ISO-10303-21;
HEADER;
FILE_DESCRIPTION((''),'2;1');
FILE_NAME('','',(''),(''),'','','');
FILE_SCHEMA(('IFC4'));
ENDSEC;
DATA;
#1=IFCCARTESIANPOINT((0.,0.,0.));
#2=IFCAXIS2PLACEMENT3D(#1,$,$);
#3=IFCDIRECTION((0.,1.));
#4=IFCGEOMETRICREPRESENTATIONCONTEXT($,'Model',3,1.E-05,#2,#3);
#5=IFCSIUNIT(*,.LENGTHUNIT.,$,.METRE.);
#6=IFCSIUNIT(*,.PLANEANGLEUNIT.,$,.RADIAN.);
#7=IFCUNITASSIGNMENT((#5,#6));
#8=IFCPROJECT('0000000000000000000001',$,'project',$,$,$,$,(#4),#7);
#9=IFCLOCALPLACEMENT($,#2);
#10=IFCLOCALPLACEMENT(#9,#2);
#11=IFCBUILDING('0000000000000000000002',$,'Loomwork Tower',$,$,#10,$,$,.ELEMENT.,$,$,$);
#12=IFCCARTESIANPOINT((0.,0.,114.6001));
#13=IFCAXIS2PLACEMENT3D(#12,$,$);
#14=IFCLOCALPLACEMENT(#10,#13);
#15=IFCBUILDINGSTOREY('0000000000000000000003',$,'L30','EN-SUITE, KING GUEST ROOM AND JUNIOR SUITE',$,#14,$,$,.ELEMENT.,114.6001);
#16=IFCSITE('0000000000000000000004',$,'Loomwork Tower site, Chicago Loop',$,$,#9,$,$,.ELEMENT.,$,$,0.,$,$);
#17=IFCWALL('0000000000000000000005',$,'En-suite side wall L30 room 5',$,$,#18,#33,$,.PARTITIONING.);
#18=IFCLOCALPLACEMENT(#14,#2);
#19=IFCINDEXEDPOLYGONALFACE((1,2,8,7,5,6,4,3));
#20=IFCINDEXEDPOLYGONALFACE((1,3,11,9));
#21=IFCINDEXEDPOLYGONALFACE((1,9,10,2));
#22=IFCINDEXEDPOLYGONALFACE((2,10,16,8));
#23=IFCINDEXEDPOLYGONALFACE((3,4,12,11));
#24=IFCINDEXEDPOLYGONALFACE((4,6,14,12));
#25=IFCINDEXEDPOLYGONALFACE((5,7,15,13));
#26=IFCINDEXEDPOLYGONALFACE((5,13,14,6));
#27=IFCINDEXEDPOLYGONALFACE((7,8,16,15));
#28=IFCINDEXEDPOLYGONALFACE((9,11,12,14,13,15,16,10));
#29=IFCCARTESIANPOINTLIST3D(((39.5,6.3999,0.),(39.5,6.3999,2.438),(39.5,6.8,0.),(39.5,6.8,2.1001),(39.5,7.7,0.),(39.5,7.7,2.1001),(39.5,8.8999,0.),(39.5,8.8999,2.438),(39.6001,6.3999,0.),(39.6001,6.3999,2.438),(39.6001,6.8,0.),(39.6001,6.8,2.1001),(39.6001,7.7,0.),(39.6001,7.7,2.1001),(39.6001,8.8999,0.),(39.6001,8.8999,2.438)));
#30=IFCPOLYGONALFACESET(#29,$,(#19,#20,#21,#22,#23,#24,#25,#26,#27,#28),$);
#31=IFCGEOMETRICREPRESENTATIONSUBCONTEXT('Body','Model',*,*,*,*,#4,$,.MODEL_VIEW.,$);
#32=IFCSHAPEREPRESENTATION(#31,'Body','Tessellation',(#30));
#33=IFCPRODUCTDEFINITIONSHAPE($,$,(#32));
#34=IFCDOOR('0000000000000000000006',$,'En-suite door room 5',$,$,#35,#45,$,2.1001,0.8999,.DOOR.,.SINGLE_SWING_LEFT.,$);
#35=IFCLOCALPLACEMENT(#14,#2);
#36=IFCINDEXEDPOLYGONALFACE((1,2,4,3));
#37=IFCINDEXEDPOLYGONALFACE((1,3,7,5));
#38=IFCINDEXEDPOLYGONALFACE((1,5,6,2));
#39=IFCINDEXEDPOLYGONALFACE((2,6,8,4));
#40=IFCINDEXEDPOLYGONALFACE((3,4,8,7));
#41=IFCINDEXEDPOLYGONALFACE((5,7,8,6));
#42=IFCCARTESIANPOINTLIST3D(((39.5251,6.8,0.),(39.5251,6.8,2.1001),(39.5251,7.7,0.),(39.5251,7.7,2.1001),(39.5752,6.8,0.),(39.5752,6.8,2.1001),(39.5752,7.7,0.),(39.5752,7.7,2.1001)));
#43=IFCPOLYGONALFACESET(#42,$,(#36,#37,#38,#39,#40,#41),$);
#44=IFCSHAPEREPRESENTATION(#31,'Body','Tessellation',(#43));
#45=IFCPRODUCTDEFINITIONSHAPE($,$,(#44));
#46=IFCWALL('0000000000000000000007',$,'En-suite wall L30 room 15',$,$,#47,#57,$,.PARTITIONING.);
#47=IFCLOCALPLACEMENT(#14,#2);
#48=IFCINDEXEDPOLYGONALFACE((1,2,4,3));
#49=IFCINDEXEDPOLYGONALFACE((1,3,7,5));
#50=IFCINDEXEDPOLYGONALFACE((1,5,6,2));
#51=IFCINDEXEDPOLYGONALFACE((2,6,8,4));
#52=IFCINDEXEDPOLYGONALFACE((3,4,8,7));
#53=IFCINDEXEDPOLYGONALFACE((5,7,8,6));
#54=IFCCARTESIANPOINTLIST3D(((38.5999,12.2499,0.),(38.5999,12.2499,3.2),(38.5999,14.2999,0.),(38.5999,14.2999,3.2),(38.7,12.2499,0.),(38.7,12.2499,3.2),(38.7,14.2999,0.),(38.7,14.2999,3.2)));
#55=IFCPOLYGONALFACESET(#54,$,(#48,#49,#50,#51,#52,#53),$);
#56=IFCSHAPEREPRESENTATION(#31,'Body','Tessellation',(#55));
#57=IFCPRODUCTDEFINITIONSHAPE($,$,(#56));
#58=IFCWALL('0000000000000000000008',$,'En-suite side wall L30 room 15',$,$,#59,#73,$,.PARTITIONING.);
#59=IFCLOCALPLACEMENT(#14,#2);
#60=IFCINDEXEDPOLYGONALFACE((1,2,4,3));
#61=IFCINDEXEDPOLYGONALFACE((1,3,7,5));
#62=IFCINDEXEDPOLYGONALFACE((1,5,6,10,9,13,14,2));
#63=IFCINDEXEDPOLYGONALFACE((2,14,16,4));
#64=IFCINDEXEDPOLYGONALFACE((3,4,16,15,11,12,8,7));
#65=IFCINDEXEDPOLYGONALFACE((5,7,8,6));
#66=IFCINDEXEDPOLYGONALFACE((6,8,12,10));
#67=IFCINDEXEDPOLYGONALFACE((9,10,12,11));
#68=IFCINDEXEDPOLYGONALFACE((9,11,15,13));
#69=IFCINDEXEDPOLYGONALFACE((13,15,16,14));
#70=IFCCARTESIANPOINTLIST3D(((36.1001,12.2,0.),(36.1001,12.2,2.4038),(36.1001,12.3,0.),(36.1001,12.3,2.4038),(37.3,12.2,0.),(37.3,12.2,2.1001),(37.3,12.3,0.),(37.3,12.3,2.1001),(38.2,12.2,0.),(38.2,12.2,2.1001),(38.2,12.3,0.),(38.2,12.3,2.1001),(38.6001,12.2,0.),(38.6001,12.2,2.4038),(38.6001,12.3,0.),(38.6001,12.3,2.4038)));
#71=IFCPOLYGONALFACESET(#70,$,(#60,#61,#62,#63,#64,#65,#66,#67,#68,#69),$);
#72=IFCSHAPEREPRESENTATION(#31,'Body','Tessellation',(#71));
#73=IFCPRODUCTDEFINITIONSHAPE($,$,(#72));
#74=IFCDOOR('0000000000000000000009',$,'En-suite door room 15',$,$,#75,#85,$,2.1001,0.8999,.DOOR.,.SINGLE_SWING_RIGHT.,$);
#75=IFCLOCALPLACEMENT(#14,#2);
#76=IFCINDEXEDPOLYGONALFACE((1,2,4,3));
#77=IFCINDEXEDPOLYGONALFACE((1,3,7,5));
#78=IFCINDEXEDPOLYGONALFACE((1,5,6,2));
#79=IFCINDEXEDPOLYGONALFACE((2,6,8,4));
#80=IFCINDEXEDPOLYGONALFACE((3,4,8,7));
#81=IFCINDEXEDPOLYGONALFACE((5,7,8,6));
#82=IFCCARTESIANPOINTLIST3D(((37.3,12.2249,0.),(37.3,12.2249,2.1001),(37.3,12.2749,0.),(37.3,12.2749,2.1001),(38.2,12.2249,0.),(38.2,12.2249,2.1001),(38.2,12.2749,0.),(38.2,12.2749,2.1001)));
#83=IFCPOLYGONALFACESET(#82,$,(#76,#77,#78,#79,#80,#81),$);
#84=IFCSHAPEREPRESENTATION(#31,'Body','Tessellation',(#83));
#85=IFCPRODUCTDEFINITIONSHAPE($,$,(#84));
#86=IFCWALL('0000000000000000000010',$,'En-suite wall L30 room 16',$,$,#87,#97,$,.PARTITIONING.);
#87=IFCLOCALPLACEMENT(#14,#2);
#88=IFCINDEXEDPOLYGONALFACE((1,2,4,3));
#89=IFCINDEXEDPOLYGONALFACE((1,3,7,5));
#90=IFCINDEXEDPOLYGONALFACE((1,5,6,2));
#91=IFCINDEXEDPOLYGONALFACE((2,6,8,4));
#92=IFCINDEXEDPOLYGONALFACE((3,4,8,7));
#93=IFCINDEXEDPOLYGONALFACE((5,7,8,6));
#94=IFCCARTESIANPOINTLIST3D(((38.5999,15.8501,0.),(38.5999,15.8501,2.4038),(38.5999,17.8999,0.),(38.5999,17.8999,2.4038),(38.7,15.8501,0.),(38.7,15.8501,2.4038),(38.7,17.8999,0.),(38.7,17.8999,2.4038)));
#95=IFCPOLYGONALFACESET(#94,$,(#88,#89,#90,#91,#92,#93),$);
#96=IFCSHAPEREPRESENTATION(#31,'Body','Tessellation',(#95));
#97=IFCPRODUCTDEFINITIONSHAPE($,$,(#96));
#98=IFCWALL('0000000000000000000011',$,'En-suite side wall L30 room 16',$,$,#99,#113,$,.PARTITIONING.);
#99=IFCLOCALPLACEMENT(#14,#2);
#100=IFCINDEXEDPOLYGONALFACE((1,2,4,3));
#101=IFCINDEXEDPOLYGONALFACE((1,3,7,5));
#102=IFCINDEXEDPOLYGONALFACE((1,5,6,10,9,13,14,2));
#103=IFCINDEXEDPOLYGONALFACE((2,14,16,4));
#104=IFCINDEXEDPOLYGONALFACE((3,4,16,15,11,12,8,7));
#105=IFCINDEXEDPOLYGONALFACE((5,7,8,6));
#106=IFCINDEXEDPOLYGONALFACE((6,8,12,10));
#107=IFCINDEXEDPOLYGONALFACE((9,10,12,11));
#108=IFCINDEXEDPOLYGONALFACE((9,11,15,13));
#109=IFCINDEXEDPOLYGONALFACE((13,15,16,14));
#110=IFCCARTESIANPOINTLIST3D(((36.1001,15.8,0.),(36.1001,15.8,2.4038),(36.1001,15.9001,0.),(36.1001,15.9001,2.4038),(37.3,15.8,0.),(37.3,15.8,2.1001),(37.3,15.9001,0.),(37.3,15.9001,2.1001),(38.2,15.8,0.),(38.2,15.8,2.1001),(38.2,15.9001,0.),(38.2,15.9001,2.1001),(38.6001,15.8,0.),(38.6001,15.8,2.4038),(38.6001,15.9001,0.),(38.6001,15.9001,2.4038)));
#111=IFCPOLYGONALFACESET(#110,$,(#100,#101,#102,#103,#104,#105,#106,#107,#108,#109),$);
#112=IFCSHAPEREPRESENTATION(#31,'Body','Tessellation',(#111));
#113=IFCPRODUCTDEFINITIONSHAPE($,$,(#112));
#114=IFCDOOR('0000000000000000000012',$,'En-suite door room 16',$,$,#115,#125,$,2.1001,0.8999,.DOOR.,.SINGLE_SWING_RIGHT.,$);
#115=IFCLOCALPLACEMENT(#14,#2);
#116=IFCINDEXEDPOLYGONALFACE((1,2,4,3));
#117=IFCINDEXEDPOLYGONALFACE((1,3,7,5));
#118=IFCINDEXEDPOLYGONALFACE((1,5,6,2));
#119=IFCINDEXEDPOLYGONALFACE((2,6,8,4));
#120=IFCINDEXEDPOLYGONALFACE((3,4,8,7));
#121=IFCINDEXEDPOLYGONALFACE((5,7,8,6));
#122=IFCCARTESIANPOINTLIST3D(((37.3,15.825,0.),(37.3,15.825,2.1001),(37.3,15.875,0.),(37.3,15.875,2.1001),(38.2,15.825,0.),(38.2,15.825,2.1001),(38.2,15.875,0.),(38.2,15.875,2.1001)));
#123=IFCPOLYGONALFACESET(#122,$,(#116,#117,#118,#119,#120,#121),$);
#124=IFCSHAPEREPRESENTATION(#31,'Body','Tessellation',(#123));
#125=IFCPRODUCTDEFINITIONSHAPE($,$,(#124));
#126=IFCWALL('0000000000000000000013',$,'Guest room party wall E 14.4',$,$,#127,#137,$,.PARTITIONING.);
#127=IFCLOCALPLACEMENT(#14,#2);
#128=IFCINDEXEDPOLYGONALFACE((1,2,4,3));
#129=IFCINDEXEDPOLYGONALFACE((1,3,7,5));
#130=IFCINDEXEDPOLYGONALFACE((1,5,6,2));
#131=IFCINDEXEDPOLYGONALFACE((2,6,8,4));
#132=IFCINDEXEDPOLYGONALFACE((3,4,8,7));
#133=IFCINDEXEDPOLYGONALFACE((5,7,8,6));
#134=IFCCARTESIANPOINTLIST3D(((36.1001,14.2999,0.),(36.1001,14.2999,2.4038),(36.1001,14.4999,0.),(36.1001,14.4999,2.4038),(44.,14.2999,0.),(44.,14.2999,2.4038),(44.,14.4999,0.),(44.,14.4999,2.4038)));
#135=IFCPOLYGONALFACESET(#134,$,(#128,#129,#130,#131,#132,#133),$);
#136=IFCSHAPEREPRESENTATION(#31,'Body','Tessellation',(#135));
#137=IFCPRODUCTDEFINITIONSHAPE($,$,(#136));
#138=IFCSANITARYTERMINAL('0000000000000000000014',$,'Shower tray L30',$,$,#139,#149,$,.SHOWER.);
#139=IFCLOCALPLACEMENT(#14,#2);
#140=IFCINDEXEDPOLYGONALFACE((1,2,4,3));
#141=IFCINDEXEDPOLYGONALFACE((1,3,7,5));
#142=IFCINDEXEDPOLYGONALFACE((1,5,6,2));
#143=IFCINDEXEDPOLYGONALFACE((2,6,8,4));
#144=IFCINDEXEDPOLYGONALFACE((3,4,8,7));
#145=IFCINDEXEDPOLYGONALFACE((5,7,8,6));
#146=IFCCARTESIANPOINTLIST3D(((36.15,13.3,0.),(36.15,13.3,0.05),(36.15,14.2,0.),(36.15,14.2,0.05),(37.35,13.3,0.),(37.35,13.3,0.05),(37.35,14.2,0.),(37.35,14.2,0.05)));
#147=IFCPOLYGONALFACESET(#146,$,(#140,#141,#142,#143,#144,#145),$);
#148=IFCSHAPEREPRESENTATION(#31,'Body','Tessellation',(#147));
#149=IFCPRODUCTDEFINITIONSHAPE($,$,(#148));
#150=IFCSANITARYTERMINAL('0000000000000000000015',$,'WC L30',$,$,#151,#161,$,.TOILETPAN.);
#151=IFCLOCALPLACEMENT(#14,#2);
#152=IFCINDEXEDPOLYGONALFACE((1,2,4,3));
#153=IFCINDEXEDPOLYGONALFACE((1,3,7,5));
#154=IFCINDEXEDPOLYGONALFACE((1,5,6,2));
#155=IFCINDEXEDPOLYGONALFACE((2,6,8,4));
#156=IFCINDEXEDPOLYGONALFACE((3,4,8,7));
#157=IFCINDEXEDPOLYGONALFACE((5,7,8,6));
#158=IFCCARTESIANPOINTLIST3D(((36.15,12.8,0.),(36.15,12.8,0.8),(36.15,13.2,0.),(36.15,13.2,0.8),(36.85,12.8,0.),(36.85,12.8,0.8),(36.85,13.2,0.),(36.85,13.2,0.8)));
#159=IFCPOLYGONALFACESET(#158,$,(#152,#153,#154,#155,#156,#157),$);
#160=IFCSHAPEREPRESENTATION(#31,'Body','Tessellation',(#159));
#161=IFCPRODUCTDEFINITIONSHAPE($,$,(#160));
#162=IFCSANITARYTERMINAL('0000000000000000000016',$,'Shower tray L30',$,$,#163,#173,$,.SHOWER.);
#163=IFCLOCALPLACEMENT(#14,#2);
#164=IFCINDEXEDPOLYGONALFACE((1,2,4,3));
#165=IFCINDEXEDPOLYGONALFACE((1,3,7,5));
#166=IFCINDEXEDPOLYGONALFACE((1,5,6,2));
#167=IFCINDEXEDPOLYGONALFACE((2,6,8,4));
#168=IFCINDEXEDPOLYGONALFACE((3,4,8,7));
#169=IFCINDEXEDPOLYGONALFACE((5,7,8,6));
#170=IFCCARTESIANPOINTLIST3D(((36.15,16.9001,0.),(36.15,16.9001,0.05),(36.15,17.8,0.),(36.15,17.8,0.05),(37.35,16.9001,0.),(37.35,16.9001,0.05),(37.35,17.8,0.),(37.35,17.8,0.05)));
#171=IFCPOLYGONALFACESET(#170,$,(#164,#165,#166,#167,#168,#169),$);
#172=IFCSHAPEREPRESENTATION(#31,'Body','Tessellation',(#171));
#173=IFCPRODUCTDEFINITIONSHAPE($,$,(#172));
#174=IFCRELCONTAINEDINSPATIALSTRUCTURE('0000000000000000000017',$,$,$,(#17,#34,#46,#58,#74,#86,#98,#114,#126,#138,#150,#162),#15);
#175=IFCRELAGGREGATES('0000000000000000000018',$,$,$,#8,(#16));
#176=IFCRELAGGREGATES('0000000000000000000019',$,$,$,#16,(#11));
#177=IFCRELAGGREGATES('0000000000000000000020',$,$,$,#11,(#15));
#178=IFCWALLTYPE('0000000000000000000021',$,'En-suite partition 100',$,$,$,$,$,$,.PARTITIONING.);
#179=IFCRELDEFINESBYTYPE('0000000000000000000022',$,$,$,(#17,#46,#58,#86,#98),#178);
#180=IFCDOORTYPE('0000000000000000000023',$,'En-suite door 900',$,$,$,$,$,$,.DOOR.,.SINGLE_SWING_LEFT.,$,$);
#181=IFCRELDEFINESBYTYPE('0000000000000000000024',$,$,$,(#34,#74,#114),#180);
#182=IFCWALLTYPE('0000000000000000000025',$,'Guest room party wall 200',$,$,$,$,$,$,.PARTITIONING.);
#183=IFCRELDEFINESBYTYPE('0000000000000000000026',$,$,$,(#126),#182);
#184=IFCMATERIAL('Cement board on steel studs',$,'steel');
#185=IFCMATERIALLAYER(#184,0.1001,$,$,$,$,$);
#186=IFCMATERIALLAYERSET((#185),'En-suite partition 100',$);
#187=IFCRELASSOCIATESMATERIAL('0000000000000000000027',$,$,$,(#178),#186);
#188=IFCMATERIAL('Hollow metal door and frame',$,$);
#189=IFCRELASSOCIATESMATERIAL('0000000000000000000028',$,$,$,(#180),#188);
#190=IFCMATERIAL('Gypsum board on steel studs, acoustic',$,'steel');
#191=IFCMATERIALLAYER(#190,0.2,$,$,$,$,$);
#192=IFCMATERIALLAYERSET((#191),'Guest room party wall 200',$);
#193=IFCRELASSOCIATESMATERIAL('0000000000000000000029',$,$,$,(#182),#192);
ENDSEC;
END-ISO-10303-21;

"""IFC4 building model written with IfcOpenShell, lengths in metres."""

from ifc_helpers import new_model, si_unit, direction, frame, frame_2d, origin, origin_2d, place, context, subcontext, project, spatial, rectangle, extrude, material, layer, layer_set, type_object, element, fill, save


model = new_model("IFC4")

# Units and contexts
model_context = context("Model", 3, precision=1e-05, world=origin(), true_north=direction((0.0, 1.0)))
body_context = subcontext(model_context, "Body", "Model", "MODEL_VIEW")
ifc_project = project(units=[si_unit("LENGTHUNIT", "METRE"), si_unit("PLANEANGLEUNIT", "RADIAN")], contexts=[model_context])

# Site, building, storey
site_placement = place(None, origin())
site = spatial("IfcSite", under=ifc_project, at=site_placement, Name="Loomwork Tower site, Chicago Loop", CompositionType="ELEMENT", RefElevation=0.0)
building_placement = place(site_placement, origin())
building = spatial("IfcBuilding", under=site, at=building_placement, Name="Loomwork Tower", CompositionType="ELEMENT")
storey_placement = place(building_placement, frame((0.0, 0.0, 114.6001)))
storey = spatial("IfcBuildingStorey", under=building, at=storey_placement, Name="L30", Description="EN-SUITE, KING GUEST ROOM AND JUNIOR SUITE", CompositionType="ELEMENT", Elevation=114.6001)

# Wall, opening, door
ifc_material_1 = material(Name="Cement board on steel studs", Category="steel")
ifc_layer_1 = layer(ifc_material_1, 0.1001)
ifc_layer_set_1 = layer_set([ifc_layer_1], Name="En-suite partition 100")
wall_type_1 = type_object("IfcWallType", Name="En-suite partition 100", PredefinedType="PARTITIONING", material=ifc_layer_set_1)
wall_1_placement = place(storey_placement, frame((39.55, 8.8999, 0.0), z_axis=(0.0, 0.0, 1.0), x_axis=(0.0, -1.0, 0.0)))
wall_1 = element("IfcWall", 1, at=wall_1_placement, inside=storey, type_object=wall_type_1, Name="En-suite side wall L30 room 5", PredefinedType="PARTITIONING", context=body_context, shape_type="SweptSolid", body=[
    extrude(rectangle(XDim=2.5, YDim=0.1001, at=frame_2d((1.25, 0.0))), origin(), (0.0, 0.0, 1.0), 2.438),
])
opening_1_placement = place(wall_1_placement, frame((1.2, 0.0, 0.0)))
opening_1 = element("IfcOpeningElement", 2, at=opening_1_placement, cuts=wall_1, PredefinedType="OPENING", context=body_context, shape_type="SweptSolid", body=[
    extrude(rectangle(XDim=0.8999, YDim=2.1001, at=frame_2d((0.45, 1.05))), frame((0.0, 0.0601, 0.0), z_axis=(0.0, -1.0, 0.0), x_axis=(1.0, 0.0, 0.0)), (0.0, 0.0, 1.0), 0.1201),
])
ifc_material_2 = material(Name="Hollow metal door and frame")
door_type_1 = type_object("IfcDoorType", Name="En-suite door 900", OperationType="SINGLE_SWING_LEFT", PredefinedType="DOOR", material=ifc_material_2)
door_1_placement = place(opening_1_placement, frame((0.8999, 0.0, 0.0), z_axis=(0.0, 0.0, 1.0), x_axis=(-1.0, 0.0, 0.0)))
door_1 = element("IfcDoor", 3, at=door_1_placement, inside=storey, type_object=door_type_1, Name="En-suite door room 5", OperationType="SINGLE_SWING_LEFT", OverallHeight=2.1001, OverallWidth=0.8999, PredefinedType="DOOR", context=body_context, shape_type="SweptSolid", body=[
    extrude(rectangle(XDim=0.8999, YDim=2.1001, at=frame_2d((0.45, 1.05))), frame((0.0, 0.0249, 0.0), z_axis=(0.0, -1.0, 0.0), x_axis=(1.0, 0.0, 0.0)), (0.0, 0.0, 1.0), 0.05),
])
fill(opening_1, door_1)

# Wall
wall_2_placement = place(storey_placement, frame((38.6499, 12.25, 0.0), z_axis=(0.0, 0.0, 1.0), x_axis=(0.0, 1.0, 0.0)))
element("IfcWall", 4, at=wall_2_placement, inside=storey, type_object=wall_type_1, Name="En-suite wall L30 room 15", PredefinedType="PARTITIONING", context=body_context, shape_type="SweptSolid", body=[
    extrude(rectangle(XDim=2.05, YDim=0.1001, at=frame_2d((1.0249, 0.0))), origin(), (0.0, 0.0, 1.0), 3.2),
])

# Wall, opening, door
wall_3_placement = place(storey_placement, frame((36.1001, 12.25, 0.0), z_axis=(0.0, 0.0, 1.0), x_axis=(1.0, 0.0, 0.0)))
wall_3 = element("IfcWall", 5, at=wall_3_placement, inside=storey, type_object=wall_type_1, Name="En-suite side wall L30 room 15", PredefinedType="PARTITIONING", context=body_context, shape_type="SweptSolid", body=[
    extrude(rectangle(XDim=2.5, YDim=0.1001, at=frame_2d((1.25, 0.0))), origin(), (0.0, 0.0, 1.0), 2.4038),
])
opening_2_placement = place(wall_3_placement, frame((1.2, 0.0, 0.0)))
opening_2 = element("IfcOpeningElement", 6, at=opening_2_placement, cuts=wall_3, PredefinedType="OPENING", context=body_context, shape_type="SweptSolid", body=[
    extrude(rectangle(XDim=0.8999, YDim=2.1001, at=frame_2d((0.45, 1.05))), frame((0.0, 0.0601, 0.0), z_axis=(0.0, -1.0, 0.0), x_axis=(1.0, 0.0, 0.0)), (0.0, 0.0, 1.0), 0.1201),
])
door_2_placement = place(opening_2_placement, origin())
door_2 = element("IfcDoor", 7, at=door_2_placement, inside=storey, type_object=door_type_1, Name="En-suite door room 15", OperationType="SINGLE_SWING_RIGHT", OverallHeight=2.1001, OverallWidth=0.8999, PredefinedType="DOOR", context=body_context, shape_type="SweptSolid", body=[
    extrude(rectangle(XDim=0.8999, YDim=2.1001, at=frame_2d((0.45, 1.05))), frame((0.0, 0.0249, 0.0), z_axis=(0.0, -1.0, 0.0), x_axis=(1.0, 0.0, 0.0)), (0.0, 0.0, 1.0), 0.05),
])
fill(opening_2, door_2)

# Wall
wall_4_placement = place(storey_placement, frame((38.6499, 15.8501, 0.0), z_axis=(0.0, 0.0, 1.0), x_axis=(0.0, 1.0, 0.0)))
element("IfcWall", 8, at=wall_4_placement, inside=storey, type_object=wall_type_1, Name="En-suite wall L30 room 16", PredefinedType="PARTITIONING", context=body_context, shape_type="SweptSolid", body=[
    extrude(rectangle(XDim=2.0498, YDim=0.1001, at=frame_2d((1.0249, 0.0))), origin(), (0.0, 0.0, 1.0), 2.4038),
])

# Wall, opening, door
wall_5_placement = place(storey_placement, frame((36.1001, 15.8501, 0.0), z_axis=(0.0, 0.0, 1.0), x_axis=(1.0, 0.0, 0.0)))
wall_5 = element("IfcWall", 9, at=wall_5_placement, inside=storey, type_object=wall_type_1, Name="En-suite side wall L30 room 16", PredefinedType="PARTITIONING", context=body_context, shape_type="SweptSolid", body=[
    extrude(rectangle(XDim=2.5, YDim=0.1001, at=frame_2d((1.25, 0.0))), origin(), (0.0, 0.0, 1.0), 2.4038),
])
opening_3_placement = place(wall_5_placement, frame((1.2, 0.0, 0.0)))
opening_3 = element("IfcOpeningElement", 10, at=opening_3_placement, cuts=wall_5, PredefinedType="OPENING", context=body_context, shape_type="SweptSolid", body=[
    extrude(rectangle(XDim=0.8999, YDim=2.1001, at=frame_2d((0.45, 1.05))), frame((0.0, 0.0601, 0.0), z_axis=(0.0, -1.0, 0.0), x_axis=(1.0, 0.0, 0.0)), (0.0, 0.0, 1.0), 0.1201),
])
door_3_placement = place(opening_3_placement, origin())
door_3 = element("IfcDoor", 11, at=door_3_placement, inside=storey, type_object=door_type_1, Name="En-suite door room 16", OperationType="SINGLE_SWING_RIGHT", OverallHeight=2.1001, OverallWidth=0.8999, PredefinedType="DOOR", context=body_context, shape_type="SweptSolid", body=[
    extrude(rectangle(XDim=0.8999, YDim=2.1001, at=frame_2d((0.45, 1.05))), frame((0.0, 0.0249, 0.0), z_axis=(0.0, -1.0, 0.0), x_axis=(1.0, 0.0, 0.0)), (0.0, 0.0, 1.0), 0.05),
])
fill(opening_3, door_3)

# Wall
ifc_material_3 = material(Name="Gypsum board on steel studs, acoustic", Category="steel")
ifc_layer_2 = layer(ifc_material_3, 0.2)
ifc_layer_set_2 = layer_set([ifc_layer_2], Name="Guest room party wall 200")
wall_type_2 = type_object("IfcWallType", Name="Guest room party wall 200", PredefinedType="PARTITIONING", material=ifc_layer_set_2)
wall_6_placement = place(storey_placement, frame((36.1001, 14.3999, 0.0), z_axis=(0.0, 0.0, 1.0), x_axis=(1.0, 0.0, 0.0)))
element("IfcWall", 12, at=wall_6_placement, inside=storey, type_object=wall_type_2, Name="Guest room party wall E 14.4", PredefinedType="PARTITIONING", context=body_context, shape_type="SweptSolid", body=[
    extrude(rectangle(XDim=7.8999, YDim=0.2, at=frame_2d((3.95, 0.0))), origin(), (0.0, 0.0, 1.0), 2.4038),
])

# Sanitary terminals
sanitary_terminal_1_placement = place(storey_placement, frame((36.75, 13.75, 0.0), z_axis=(0.0, 0.0, 1.0), x_axis=(1.0, 0.0, 0.0)))
element("IfcSanitaryTerminal", 13, at=sanitary_terminal_1_placement, inside=storey, Name="Shower tray L30", PredefinedType="SHOWER", context=body_context, shape_type="SweptSolid", body=[
    extrude(rectangle(XDim=1.2, YDim=0.8999, at=origin_2d()), origin(), (0.0, 0.0, 1.0), 0.05),
])
sanitary_terminal_2_placement = place(storey_placement, frame((36.5, 13.0, 0.0), z_axis=(0.0, 0.0, 1.0), x_axis=(1.0, 0.0, 0.0)))
element("IfcSanitaryTerminal", 14, at=sanitary_terminal_2_placement, inside=storey, Name="WC L30", PredefinedType="TOILETPAN", context=body_context, shape_type="SweptSolid", body=[
    extrude(rectangle(XDim=0.7, YDim=0.3999, at=origin_2d()), origin(), (0.0, 0.0, 1.0), 0.8),
])
sanitary_terminal_3_placement = place(storey_placement, frame((36.75, 17.3501, 0.0), z_axis=(0.0, 0.0, 1.0), x_axis=(1.0, 0.0, 0.0)))
element("IfcSanitaryTerminal", 15, at=sanitary_terminal_3_placement, inside=storey, Name="Shower tray L30", PredefinedType="SHOWER", context=body_context, shape_type="SweptSolid", body=[
    extrude(rectangle(XDim=1.2, YDim=0.8999, at=origin_2d()), origin(), (0.0, 0.0, 1.0), 0.05),
])

save(model, "model.ifc")
